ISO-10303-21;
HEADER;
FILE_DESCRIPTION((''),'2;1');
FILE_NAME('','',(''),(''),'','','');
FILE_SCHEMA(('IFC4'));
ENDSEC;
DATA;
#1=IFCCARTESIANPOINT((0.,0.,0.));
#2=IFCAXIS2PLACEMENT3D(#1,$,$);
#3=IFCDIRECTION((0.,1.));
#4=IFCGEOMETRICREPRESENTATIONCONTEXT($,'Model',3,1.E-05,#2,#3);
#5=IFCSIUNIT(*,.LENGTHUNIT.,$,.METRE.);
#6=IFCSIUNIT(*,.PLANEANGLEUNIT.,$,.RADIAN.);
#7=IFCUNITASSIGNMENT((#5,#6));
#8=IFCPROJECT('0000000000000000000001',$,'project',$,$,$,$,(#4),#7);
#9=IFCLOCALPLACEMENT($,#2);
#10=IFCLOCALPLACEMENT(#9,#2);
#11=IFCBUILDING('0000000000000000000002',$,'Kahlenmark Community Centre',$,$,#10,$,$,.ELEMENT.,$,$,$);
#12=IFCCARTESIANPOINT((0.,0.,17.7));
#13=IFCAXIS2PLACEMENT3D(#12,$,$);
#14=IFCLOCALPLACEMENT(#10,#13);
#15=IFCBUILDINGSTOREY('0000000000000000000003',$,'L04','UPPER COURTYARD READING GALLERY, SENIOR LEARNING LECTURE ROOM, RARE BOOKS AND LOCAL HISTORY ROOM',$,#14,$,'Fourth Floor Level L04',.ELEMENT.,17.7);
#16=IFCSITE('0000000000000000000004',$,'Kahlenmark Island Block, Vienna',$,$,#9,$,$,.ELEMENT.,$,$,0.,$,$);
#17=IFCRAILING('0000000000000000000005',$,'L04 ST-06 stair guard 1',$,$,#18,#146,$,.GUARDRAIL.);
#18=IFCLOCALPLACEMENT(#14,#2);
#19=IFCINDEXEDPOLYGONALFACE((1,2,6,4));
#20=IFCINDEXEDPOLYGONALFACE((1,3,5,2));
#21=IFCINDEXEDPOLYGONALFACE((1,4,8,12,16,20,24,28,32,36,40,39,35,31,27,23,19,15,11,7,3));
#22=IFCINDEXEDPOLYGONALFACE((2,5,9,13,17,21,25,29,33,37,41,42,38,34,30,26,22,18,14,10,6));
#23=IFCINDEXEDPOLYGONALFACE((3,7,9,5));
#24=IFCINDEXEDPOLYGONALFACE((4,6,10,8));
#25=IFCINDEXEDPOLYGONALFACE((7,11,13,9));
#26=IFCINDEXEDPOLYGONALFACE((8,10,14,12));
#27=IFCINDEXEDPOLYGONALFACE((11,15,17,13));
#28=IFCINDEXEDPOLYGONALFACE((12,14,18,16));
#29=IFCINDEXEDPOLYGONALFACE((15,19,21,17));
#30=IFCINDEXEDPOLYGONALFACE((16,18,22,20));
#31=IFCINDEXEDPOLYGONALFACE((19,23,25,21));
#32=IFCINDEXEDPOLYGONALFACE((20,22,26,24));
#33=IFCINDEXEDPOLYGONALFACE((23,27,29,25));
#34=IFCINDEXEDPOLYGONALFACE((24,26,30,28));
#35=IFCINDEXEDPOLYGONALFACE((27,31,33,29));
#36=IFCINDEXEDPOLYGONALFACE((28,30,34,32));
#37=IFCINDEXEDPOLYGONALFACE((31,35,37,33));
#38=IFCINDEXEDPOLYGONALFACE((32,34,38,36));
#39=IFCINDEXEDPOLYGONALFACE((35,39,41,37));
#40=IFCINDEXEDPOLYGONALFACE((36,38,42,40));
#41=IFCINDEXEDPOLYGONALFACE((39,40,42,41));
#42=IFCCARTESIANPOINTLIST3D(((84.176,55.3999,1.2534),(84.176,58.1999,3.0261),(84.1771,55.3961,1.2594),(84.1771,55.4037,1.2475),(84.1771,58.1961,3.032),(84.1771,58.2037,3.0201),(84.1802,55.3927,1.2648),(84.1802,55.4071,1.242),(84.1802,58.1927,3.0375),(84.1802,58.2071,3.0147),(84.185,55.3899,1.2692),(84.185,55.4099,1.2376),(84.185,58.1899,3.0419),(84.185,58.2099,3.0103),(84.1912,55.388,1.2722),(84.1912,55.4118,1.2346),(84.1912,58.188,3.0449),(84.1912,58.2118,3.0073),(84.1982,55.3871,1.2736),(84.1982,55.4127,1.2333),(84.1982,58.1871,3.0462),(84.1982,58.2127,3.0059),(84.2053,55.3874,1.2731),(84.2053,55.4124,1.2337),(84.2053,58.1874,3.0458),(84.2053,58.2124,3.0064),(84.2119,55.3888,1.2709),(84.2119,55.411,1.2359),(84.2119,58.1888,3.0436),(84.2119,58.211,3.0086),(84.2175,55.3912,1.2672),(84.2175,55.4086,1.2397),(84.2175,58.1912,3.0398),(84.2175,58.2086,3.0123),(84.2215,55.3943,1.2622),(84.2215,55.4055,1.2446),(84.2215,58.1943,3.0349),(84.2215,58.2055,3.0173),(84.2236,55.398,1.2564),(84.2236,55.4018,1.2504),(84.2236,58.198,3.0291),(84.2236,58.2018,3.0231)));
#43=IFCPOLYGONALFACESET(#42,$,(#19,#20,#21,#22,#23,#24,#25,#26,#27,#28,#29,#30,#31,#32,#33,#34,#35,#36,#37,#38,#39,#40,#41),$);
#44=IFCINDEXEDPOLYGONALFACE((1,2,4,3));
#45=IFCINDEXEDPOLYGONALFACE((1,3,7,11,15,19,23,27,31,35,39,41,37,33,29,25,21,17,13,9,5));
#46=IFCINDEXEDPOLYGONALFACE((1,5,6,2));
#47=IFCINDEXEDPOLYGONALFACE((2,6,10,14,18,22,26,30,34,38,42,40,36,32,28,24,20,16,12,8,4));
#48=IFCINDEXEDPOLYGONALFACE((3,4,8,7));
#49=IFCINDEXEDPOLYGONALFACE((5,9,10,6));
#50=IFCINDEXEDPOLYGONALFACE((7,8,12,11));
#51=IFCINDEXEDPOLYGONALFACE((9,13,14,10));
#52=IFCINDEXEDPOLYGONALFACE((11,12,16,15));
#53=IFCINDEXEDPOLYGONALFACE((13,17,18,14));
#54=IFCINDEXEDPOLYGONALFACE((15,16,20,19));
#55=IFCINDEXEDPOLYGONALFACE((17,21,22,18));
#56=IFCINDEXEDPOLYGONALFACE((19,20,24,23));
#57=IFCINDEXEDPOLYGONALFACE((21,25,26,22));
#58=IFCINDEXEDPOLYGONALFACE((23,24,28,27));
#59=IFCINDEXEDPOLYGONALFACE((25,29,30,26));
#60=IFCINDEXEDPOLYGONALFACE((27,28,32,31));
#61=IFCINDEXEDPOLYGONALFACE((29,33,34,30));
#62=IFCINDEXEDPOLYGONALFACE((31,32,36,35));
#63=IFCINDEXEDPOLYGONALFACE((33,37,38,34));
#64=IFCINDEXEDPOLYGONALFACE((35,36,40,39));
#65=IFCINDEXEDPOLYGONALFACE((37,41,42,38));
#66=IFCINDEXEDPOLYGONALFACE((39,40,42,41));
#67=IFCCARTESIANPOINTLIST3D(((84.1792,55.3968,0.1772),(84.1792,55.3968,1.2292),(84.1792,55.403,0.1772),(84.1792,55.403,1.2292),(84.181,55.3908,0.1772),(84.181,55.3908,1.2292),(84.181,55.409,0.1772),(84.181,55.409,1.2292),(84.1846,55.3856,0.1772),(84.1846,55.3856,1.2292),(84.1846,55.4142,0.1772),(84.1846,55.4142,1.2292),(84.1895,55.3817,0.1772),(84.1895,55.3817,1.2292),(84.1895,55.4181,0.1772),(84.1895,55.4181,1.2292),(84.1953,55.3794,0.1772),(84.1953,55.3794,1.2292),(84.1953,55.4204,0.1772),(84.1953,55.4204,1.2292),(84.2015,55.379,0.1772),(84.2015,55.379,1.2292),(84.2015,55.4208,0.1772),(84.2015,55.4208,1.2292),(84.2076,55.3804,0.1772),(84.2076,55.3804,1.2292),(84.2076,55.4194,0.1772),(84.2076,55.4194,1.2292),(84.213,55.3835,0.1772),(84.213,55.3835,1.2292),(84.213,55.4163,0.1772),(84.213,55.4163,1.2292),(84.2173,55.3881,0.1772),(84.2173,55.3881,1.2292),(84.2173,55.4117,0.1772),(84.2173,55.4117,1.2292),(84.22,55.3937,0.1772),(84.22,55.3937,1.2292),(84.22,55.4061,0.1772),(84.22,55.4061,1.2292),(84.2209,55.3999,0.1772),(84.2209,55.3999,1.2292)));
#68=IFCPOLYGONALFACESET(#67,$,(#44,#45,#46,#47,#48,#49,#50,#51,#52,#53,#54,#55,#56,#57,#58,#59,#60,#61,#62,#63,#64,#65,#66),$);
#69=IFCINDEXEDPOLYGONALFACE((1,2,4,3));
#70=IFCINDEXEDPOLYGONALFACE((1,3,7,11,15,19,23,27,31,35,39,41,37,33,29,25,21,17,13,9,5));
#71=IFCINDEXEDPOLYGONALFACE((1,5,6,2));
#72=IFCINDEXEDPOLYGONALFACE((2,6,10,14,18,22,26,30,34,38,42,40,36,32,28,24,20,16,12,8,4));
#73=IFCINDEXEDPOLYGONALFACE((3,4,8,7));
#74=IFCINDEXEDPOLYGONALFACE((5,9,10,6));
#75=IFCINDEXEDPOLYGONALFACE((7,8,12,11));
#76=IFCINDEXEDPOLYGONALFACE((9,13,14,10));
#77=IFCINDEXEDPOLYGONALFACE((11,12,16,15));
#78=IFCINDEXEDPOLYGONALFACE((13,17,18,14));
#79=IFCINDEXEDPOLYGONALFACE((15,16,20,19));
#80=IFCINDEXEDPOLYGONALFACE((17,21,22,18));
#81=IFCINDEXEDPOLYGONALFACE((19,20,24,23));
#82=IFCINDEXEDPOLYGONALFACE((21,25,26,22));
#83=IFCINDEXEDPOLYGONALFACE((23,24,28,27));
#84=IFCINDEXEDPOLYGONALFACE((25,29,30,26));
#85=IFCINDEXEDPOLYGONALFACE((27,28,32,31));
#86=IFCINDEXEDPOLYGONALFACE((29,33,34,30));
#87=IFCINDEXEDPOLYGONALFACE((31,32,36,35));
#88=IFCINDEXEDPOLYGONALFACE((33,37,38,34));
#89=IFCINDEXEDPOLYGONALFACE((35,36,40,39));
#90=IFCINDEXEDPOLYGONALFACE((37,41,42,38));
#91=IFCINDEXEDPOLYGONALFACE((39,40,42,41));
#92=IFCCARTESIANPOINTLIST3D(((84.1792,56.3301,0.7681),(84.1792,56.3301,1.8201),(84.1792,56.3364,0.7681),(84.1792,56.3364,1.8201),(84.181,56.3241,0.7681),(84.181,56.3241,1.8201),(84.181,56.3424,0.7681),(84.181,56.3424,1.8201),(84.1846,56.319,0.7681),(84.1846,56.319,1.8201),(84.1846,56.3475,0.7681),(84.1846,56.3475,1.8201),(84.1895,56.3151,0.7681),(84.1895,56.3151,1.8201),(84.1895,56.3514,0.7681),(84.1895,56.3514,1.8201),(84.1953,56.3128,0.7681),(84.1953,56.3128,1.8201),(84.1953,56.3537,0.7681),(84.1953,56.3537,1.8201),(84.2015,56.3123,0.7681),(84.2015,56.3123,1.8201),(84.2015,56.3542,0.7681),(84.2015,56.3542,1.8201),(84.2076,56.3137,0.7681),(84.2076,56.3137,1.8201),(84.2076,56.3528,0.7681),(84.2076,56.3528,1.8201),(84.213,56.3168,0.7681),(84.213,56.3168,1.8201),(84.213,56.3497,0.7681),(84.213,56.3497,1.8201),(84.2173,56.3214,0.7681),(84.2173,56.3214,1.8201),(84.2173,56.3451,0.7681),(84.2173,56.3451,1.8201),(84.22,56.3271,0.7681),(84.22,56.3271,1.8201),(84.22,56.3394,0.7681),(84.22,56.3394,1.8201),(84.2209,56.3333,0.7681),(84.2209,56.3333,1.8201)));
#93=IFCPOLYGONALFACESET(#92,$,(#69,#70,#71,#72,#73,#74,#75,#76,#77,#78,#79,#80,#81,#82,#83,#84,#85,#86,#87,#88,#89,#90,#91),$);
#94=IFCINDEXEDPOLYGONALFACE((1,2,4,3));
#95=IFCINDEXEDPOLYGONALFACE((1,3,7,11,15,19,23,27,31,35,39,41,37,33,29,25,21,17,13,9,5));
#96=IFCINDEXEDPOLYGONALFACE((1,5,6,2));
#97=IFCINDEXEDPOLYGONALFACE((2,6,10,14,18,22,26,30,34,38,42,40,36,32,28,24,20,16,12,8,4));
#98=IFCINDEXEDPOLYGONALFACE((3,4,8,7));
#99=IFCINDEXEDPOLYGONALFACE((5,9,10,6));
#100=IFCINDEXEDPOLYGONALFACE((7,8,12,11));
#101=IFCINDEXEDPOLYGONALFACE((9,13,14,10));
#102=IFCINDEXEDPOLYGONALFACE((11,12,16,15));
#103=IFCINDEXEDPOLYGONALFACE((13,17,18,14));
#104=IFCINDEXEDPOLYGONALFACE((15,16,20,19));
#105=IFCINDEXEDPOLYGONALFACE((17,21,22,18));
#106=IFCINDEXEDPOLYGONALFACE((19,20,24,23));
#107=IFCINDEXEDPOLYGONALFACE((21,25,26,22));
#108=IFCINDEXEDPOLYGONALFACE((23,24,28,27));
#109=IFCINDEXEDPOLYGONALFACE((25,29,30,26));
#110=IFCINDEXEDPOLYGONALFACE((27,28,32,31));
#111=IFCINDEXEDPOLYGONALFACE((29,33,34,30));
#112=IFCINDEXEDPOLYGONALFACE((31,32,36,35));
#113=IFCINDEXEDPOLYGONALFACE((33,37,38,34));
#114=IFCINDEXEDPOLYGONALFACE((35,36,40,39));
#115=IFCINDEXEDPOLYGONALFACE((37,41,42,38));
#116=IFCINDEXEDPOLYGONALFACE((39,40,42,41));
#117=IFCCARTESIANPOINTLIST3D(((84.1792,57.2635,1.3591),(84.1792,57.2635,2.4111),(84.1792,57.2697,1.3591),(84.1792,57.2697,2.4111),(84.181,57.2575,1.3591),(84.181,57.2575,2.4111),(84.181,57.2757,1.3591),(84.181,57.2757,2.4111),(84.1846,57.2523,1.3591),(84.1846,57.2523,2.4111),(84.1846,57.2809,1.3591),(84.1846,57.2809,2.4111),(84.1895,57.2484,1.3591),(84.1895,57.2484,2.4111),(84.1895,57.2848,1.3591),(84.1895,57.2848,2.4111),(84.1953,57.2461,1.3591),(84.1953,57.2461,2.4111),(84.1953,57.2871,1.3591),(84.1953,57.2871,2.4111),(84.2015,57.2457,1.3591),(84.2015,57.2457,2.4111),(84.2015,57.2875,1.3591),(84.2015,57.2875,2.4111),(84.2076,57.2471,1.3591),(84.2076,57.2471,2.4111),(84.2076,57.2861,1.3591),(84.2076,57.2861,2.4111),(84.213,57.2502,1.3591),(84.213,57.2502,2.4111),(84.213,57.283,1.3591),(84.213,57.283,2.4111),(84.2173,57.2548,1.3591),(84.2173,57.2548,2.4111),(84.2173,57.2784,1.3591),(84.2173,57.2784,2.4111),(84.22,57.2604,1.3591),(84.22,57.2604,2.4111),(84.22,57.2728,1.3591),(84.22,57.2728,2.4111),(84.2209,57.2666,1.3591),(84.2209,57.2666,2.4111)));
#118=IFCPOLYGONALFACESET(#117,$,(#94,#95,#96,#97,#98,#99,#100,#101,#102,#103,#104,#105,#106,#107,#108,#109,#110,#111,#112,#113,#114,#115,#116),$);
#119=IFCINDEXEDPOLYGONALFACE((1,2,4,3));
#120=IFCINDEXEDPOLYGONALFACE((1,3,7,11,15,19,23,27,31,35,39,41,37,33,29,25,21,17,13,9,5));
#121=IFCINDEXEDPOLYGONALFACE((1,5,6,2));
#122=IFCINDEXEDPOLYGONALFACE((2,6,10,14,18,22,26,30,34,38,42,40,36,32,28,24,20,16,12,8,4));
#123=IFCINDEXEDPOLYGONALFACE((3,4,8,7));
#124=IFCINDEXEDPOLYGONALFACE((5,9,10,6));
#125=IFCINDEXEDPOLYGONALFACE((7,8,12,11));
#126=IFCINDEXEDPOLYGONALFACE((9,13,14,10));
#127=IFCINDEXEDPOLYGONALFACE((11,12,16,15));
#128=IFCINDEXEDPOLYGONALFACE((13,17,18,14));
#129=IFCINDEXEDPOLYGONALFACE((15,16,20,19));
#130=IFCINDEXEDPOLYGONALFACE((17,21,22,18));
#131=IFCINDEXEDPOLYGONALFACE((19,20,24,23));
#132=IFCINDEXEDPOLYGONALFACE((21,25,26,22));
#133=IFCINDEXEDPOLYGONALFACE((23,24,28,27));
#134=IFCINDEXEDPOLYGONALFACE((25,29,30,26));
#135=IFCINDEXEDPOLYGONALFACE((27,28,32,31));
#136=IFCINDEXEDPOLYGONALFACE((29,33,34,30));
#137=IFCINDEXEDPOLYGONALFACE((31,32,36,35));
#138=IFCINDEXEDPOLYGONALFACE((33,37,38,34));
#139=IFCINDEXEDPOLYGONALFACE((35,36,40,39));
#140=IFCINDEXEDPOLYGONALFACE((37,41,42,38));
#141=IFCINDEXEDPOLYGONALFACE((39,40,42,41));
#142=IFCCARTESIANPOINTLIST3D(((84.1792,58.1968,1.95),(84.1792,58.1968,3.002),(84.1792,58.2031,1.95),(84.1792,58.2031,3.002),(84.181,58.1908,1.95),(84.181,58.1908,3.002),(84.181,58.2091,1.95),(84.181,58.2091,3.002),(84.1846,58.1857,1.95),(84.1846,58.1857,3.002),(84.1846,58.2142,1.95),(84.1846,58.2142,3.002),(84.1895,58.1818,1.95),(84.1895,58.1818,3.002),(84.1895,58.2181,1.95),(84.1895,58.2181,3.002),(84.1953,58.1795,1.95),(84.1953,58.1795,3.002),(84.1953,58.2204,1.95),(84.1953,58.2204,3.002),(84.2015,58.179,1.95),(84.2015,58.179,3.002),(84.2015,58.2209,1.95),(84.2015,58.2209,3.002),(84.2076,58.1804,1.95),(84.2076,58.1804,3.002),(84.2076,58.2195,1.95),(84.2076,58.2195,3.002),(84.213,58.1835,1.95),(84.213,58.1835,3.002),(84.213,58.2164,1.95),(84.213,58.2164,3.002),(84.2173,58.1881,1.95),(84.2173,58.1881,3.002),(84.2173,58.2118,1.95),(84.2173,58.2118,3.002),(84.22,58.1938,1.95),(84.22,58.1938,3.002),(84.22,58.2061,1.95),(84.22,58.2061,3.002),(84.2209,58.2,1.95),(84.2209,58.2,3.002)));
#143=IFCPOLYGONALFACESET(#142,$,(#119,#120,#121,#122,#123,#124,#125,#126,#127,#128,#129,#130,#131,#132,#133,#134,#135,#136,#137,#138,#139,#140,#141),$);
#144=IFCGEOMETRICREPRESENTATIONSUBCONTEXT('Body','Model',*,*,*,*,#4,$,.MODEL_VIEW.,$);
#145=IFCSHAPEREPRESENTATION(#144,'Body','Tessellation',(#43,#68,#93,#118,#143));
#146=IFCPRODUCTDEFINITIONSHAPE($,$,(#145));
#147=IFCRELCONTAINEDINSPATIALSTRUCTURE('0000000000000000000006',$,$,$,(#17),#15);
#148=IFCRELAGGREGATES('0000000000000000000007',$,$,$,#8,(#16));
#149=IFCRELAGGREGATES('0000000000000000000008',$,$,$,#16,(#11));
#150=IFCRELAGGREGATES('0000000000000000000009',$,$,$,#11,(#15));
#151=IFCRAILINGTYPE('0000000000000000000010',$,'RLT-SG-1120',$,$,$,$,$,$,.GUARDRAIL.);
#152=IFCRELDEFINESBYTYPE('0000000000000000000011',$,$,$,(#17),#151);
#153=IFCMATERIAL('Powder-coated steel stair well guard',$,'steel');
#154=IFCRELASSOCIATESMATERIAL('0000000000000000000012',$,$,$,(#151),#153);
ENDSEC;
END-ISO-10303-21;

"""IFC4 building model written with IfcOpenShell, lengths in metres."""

from ifc_helpers import new_model, si_unit, direction, frame, origin, origin_2d, place, context, subcontext, project, spatial, circle, extrude, material, type_object, element, save


model = new_model("IFC4")

# Units and contexts
model_context = context("Model", 3, precision=1e-05, world=origin(), true_north=direction((0.0, 1.0)))
body_context = subcontext(model_context, "Body", "Model", "MODEL_VIEW")
ifc_project = project(units=[si_unit("LENGTHUNIT", "METRE"), si_unit("PLANEANGLEUNIT", "RADIAN")], contexts=[model_context])

# Site, building, storey
site_placement = place(None, origin())
site = spatial("IfcSite", under=ifc_project, at=site_placement, Name="Kahlenmark Island Block, Vienna", CompositionType="ELEMENT", RefElevation=0.0)
building_placement = place(site_placement, origin())
building = spatial("IfcBuilding", under=site, at=building_placement, Name="Kahlenmark Community Centre", CompositionType="ELEMENT")
storey_placement = place(building_placement, frame((0.0, 0.0, 17.7)))
storey = spatial("IfcBuildingStorey", under=building, at=storey_placement, Name="L04", Description="UPPER COURTYARD READING GALLERY, SENIOR LEARNING LECTURE ROOM, RARE BOOKS AND LOCAL HISTORY ROOM", LongName="Fourth Floor Level L04", CompositionType="ELEMENT", Elevation=17.7)

# Railing
ifc_material_1 = material(Name="Powder-coated steel stair well guard", Category="steel")
railing_type_1 = type_object("IfcRailingType", Name="RLT-SG-1120", PredefinedType="GUARDRAIL", material=ifc_material_1)
railing_1_placement = place(storey_placement, frame((84.2, 55.3999, 0.1772)))
element("IfcRailing", 1, at=railing_1_placement, inside=storey, type_object=railing_type_1, Name="L04 ST-06 stair guard 1", PredefinedType="GUARDRAIL", context=body_context, shape_type="SweptSolid", body=[
    extrude(circle(Radius=0.0239, at=origin_2d()), frame((0.0, 0.0, 1.0762), z_axis=(0.0, 0.844909, 0.53491), x_axis=(-1.0, 0.0, 0.0)), (0.0, 0.0, 1.0), 3.314),
    extrude(circle(Radius=0.021, at=origin_2d()), origin(), (0.0, 0.0, 1.0), 1.052),
    extrude(circle(Radius=0.021, at=origin_2d()), frame((0.0, 0.9333, 0.5908)), (0.0, 0.0, 1.0), 1.052),
    extrude(circle(Radius=0.021, at=origin_2d()), frame((0.0, 1.8667, 1.1819)), (0.0, 0.0, 1.0), 1.052),
    extrude(circle(Radius=0.021, at=origin_2d()), frame((0.0, 2.8, 1.7727)), (0.0, 0.0, 1.0), 1.052),
])

save(model, "model.ifc")
